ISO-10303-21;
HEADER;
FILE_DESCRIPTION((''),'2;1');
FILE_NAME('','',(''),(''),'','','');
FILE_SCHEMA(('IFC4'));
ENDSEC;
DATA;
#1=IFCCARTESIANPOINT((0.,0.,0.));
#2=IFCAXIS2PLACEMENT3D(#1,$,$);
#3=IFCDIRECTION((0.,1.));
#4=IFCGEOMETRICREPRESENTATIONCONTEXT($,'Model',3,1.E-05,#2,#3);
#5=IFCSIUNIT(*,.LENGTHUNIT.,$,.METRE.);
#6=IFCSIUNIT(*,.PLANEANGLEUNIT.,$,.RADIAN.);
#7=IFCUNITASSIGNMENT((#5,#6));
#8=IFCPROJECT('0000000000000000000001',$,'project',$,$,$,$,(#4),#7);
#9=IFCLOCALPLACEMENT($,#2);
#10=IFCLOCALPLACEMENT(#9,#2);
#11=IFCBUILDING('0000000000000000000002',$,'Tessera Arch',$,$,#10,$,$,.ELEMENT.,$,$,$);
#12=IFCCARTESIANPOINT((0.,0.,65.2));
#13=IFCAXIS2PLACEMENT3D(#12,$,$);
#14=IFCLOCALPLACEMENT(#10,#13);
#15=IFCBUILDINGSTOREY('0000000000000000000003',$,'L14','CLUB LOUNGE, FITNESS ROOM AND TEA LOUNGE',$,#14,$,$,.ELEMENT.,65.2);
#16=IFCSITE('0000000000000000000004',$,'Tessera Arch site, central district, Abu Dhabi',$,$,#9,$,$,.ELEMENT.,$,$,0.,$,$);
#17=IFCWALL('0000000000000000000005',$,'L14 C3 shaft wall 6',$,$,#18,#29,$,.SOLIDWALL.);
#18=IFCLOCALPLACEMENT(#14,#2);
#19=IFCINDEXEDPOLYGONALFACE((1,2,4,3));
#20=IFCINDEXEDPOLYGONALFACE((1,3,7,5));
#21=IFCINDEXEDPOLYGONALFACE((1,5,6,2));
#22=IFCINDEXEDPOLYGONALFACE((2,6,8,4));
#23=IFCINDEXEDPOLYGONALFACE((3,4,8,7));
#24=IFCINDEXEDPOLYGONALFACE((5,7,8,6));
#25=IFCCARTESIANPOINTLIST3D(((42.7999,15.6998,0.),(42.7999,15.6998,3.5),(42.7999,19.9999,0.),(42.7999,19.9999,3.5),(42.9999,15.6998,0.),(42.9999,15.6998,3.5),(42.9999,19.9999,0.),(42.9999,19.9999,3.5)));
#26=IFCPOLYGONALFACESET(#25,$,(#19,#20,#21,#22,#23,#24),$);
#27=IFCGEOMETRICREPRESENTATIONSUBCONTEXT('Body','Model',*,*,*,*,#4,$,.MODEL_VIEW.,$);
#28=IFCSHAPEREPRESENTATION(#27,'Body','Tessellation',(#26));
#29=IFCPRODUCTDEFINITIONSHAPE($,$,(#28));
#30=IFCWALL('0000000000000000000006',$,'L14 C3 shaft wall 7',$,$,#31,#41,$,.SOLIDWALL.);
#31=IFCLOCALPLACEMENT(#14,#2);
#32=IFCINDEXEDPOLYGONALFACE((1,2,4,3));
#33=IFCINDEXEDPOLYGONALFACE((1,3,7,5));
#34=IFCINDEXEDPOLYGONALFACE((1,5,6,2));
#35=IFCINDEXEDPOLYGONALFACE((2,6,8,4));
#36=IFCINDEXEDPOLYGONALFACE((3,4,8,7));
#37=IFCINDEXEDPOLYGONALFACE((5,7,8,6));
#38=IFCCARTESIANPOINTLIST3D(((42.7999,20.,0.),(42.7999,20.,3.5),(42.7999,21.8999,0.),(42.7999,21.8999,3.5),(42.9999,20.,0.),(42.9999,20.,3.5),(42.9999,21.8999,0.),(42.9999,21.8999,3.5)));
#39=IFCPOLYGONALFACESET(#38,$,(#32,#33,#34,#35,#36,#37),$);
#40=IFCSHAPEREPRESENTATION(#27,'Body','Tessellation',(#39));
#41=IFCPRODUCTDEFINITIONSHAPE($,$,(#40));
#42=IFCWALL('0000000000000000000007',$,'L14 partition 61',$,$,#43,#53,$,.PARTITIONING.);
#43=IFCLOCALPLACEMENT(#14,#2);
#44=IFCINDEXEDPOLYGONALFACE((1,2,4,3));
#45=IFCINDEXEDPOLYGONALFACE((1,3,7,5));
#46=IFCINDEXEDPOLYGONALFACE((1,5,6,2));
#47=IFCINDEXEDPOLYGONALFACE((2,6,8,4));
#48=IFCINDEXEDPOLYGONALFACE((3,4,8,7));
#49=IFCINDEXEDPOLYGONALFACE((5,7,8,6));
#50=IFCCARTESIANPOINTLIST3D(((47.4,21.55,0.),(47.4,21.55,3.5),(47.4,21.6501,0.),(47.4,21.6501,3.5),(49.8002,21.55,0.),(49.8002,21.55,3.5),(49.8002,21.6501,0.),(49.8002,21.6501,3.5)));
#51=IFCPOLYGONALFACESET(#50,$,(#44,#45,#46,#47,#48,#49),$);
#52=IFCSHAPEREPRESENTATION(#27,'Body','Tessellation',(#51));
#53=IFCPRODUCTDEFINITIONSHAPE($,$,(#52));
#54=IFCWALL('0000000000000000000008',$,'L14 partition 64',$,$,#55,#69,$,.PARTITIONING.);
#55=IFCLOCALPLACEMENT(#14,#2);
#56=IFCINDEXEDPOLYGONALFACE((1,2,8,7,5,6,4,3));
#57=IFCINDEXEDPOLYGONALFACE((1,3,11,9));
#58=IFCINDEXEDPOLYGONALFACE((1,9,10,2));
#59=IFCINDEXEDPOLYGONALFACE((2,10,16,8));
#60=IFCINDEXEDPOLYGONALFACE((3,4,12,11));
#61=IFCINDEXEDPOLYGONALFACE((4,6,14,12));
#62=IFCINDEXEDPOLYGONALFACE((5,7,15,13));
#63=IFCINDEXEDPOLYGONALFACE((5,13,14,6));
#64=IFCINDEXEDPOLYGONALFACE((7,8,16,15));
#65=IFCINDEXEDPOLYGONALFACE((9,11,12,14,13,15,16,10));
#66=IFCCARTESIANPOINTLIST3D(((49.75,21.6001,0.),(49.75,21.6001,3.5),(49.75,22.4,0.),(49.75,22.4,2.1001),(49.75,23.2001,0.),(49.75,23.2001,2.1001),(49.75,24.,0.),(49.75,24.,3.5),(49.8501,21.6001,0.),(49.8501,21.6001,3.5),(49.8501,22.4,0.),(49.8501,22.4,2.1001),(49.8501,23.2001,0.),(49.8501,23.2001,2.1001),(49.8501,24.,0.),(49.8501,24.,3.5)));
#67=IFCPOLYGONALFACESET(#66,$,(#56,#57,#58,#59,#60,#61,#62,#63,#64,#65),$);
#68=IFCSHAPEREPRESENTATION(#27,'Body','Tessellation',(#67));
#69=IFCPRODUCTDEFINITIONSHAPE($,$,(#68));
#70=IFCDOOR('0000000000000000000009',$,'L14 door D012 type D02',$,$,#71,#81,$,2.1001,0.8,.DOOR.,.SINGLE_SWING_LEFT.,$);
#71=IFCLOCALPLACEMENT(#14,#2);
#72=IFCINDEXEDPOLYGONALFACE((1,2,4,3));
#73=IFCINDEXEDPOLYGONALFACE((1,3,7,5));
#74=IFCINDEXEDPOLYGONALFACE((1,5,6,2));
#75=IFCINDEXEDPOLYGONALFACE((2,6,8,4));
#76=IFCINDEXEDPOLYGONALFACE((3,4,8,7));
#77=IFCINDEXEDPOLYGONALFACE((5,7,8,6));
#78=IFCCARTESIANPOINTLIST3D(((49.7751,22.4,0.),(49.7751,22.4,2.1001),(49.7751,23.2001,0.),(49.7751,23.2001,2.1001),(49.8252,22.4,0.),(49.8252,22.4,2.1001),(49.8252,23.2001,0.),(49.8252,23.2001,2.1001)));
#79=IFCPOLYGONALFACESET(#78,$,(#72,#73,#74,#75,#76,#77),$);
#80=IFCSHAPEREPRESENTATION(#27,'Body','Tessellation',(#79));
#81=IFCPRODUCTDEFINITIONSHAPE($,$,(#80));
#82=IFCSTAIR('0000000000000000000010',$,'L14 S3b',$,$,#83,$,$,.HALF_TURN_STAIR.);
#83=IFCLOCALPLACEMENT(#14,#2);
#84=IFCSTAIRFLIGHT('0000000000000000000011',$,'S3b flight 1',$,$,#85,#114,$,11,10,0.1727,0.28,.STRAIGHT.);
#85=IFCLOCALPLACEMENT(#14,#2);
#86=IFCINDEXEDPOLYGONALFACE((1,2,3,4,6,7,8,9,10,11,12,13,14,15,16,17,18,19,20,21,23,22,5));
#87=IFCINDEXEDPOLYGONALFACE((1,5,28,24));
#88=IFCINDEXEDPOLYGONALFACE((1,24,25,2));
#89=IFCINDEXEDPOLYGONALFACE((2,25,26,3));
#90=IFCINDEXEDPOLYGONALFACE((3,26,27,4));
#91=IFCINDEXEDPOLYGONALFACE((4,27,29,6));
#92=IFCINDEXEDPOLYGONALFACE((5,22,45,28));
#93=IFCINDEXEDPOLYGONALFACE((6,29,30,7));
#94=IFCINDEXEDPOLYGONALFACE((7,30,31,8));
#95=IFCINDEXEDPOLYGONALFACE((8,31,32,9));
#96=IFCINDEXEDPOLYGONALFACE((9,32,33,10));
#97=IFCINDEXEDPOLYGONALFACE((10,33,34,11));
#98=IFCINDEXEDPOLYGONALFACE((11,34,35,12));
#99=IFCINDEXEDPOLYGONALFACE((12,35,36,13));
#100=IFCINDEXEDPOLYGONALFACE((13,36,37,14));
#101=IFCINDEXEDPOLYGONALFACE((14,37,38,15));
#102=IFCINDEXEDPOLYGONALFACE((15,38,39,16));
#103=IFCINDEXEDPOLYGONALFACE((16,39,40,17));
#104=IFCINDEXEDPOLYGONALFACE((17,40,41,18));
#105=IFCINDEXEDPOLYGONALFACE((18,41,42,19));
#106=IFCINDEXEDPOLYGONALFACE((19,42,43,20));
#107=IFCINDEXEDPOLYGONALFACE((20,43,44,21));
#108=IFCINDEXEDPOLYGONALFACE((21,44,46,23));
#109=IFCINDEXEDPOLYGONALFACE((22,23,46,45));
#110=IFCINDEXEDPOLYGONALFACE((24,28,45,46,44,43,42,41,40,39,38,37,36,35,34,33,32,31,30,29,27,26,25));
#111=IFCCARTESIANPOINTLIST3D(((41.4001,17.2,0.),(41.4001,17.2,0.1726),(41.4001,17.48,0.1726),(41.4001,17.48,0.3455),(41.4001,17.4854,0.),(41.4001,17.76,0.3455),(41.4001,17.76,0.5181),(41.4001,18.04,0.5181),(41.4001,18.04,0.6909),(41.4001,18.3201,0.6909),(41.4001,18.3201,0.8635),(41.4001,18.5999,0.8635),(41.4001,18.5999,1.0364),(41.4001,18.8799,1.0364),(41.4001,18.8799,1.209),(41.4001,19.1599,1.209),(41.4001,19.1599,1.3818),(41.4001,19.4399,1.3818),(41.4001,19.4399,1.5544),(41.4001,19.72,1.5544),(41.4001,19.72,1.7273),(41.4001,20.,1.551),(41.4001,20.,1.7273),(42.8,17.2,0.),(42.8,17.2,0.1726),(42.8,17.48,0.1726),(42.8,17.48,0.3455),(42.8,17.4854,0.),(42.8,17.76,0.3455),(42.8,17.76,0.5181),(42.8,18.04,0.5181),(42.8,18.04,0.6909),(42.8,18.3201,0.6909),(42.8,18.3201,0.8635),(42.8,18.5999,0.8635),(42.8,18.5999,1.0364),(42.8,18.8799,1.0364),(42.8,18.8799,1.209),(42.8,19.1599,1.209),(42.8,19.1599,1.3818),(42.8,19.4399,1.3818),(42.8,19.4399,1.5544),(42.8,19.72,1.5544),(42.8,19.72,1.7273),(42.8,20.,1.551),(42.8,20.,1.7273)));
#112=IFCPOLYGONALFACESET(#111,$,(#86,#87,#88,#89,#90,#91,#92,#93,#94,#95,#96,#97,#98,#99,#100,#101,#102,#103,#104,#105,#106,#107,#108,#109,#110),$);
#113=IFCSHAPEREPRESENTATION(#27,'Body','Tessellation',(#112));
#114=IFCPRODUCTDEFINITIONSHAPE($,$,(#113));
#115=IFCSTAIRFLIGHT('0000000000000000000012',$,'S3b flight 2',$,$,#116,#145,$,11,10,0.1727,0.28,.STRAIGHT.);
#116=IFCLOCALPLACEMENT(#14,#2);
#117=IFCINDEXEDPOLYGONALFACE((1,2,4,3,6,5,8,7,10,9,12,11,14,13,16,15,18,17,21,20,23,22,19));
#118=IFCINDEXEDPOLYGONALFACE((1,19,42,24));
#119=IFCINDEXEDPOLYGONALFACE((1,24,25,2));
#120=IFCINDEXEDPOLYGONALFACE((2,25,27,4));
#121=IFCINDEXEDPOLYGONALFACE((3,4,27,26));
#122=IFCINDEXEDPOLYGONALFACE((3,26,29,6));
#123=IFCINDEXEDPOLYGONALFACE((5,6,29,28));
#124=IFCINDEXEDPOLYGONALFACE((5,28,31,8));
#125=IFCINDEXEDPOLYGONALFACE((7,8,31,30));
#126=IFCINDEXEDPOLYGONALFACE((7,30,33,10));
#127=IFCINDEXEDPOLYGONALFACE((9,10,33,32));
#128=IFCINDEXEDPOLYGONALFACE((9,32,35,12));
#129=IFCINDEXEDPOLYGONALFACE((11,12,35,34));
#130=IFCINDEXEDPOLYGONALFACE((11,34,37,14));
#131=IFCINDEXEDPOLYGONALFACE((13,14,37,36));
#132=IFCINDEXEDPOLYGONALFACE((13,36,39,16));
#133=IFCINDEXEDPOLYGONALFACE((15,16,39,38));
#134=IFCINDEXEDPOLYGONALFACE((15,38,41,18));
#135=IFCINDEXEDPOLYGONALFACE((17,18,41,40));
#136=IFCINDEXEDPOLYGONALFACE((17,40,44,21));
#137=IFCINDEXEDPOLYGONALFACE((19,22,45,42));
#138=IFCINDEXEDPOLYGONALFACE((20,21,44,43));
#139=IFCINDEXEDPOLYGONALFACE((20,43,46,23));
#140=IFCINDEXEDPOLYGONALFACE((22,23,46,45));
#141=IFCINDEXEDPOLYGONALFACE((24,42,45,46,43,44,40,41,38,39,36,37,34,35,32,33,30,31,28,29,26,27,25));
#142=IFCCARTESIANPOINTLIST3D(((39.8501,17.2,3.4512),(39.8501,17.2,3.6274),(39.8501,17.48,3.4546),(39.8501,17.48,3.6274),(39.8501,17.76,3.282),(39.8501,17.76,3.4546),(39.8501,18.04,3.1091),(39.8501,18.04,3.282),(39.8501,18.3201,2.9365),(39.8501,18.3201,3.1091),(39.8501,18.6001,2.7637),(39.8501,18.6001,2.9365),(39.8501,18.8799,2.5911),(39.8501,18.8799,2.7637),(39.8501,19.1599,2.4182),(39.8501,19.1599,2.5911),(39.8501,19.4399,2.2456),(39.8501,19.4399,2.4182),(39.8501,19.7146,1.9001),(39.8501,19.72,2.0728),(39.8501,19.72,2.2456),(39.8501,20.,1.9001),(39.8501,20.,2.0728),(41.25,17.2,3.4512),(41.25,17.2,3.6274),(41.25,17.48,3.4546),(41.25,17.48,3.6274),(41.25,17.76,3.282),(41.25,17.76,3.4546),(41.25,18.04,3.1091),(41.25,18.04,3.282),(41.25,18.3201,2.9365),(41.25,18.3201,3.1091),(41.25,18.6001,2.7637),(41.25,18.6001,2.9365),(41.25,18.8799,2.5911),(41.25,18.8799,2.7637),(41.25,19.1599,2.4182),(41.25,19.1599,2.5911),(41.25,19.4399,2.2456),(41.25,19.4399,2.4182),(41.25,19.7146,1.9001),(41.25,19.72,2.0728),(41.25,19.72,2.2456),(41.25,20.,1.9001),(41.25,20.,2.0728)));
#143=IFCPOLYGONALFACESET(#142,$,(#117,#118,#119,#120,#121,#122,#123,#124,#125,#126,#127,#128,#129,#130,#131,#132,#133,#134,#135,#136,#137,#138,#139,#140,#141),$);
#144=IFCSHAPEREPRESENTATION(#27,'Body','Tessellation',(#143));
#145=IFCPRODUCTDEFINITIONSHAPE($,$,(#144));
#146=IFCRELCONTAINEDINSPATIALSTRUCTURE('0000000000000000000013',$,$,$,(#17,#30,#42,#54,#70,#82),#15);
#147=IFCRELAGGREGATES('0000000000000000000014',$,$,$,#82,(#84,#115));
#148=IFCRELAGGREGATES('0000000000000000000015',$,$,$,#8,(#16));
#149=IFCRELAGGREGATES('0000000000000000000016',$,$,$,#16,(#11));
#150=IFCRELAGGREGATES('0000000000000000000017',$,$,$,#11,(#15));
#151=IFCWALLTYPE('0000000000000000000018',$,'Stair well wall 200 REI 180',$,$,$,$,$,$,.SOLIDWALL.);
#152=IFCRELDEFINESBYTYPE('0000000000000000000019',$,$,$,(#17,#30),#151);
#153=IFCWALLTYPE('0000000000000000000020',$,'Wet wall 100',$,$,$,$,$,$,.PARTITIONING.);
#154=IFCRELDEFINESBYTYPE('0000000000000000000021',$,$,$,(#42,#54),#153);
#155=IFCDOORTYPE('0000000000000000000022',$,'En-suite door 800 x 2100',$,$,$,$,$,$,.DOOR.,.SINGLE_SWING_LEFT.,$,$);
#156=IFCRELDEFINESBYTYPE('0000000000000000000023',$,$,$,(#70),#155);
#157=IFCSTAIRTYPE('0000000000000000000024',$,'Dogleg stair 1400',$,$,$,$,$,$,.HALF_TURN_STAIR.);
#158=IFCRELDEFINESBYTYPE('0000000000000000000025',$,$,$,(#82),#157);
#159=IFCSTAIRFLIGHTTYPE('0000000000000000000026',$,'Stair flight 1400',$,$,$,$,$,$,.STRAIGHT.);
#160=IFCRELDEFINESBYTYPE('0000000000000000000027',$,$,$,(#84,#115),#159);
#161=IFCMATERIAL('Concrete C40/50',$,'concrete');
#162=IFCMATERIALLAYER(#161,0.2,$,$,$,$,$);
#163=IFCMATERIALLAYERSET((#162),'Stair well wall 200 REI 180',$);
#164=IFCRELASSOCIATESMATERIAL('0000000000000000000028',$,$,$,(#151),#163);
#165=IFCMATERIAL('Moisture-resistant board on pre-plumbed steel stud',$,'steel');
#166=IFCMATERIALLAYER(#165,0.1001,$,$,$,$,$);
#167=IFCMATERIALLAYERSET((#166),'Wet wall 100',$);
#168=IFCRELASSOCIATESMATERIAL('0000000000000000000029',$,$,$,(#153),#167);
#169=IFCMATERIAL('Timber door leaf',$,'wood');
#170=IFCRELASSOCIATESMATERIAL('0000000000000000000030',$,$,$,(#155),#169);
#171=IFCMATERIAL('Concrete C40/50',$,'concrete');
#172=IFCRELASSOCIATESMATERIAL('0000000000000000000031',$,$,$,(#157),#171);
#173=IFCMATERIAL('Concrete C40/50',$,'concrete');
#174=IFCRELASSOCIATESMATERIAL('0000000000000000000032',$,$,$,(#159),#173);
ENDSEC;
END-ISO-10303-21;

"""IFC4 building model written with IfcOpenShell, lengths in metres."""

from ifc_helpers import new_model, si_unit, direction, frame, frame_2d, origin, place, context, subcontext, project, spatial, polyline, rectangle, outline, extrude, material, layer, layer_set, type_object, element, fill, aggregate, save


model = new_model("IFC4")

# Units and contexts
model_context = context("Model", 3, precision=1e-05, world=origin(), true_north=direction((0.0, 1.0)))
body_context = subcontext(model_context, "Body", "Model", "MODEL_VIEW")
ifc_project = project(units=[si_unit("LENGTHUNIT", "METRE"), si_unit("PLANEANGLEUNIT", "RADIAN")], contexts=[model_context])

# Site, building, storey
site_placement = place(None, origin())
site = spatial("IfcSite", under=ifc_project, at=site_placement, Name="Tessera Arch site, central district, Abu Dhabi", CompositionType="ELEMENT", RefElevation=0.0)
building_placement = place(site_placement, origin())
building = spatial("IfcBuilding", under=site, at=building_placement, Name="Tessera Arch", CompositionType="ELEMENT")
storey_placement = place(building_placement, frame((0.0, 0.0, 65.2)))
storey = spatial("IfcBuildingStorey", under=building, at=storey_placement, Name="L14", Description="CLUB LOUNGE, FITNESS ROOM AND TEA LOUNGE", CompositionType="ELEMENT", Elevation=65.2)

# Walls
ifc_material_1 = material(Name="Concrete C40/50", Category="concrete")
ifc_layer_1 = layer(ifc_material_1, 0.2)
ifc_layer_set_1 = layer_set([ifc_layer_1], Name="Stair well wall 200 REI 180")
wall_type_1 = type_object("IfcWallType", Name="Stair well wall 200 REI 180", PredefinedType="SOLIDWALL", material=ifc_layer_set_1)
wall_1_placement = place(storey_placement, frame((42.8999, 15.7, 0.0), z_axis=(0.0, 0.0, 1.0), x_axis=(0.0, 1.0, 0.0)))
element("IfcWall", 1, at=wall_1_placement, inside=storey, type_object=wall_type_1, Name="L14 C3 shaft wall 6", PredefinedType="SOLIDWALL", context=body_context, shape_type="SweptSolid", body=[
    extrude(rectangle(XDim=4.3, YDim=0.2, at=frame_2d((2.1499, 0.0))), origin(), (0.0, 0.0, 1.0), 3.5),
])
wall_2_placement = place(storey_placement, frame((42.8999, 20.0, 0.0), z_axis=(0.0, 0.0, 1.0), x_axis=(0.0, 1.0, 0.0)))
element("IfcWall", 2, at=wall_2_placement, inside=storey, type_object=wall_type_1, Name="L14 C3 shaft wall 7", PredefinedType="SOLIDWALL", context=body_context, shape_type="SweptSolid", body=[
    extrude(rectangle(XDim=1.8999, YDim=0.2, at=frame_2d((0.95, 0.0))), origin(), (0.0, 0.0, 1.0), 3.5),
])
ifc_material_2 = material(Name="Moisture-resistant board on pre-plumbed steel stud", Category="steel")
ifc_layer_2 = layer(ifc_material_2, 0.1001)
ifc_layer_set_2 = layer_set([ifc_layer_2], Name="Wet wall 100")
wall_type_2 = type_object("IfcWallType", Name="Wet wall 100", PredefinedType="PARTITIONING", material=ifc_layer_set_2)
wall_3_placement = place(storey_placement, frame((47.3999, 21.6001, 0.0), z_axis=(0.0, 0.0, 1.0), x_axis=(1.0, 0.0, 0.0)))
element("IfcWall", 3, at=wall_3_placement, inside=storey, type_object=wall_type_2, Name="L14 partition 61", PredefinedType="PARTITIONING", context=body_context, shape_type="SweptSolid", body=[
    extrude(rectangle(XDim=2.4001, YDim=0.1001, at=frame_2d((1.2002, 0.0))), origin(), (0.0, 0.0, 1.0), 3.5),
])

# Wall, opening, door
wall_4_placement = place(storey_placement, frame((49.8, 21.6001, 0.0), z_axis=(0.0, 0.0, 1.0), x_axis=(0.0, 1.0, 0.0)))
wall_4 = element("IfcWall", 4, at=wall_4_placement, inside=storey, type_object=wall_type_2, Name="L14 partition 64", PredefinedType="PARTITIONING", context=body_context, shape_type="SweptSolid", body=[
    extrude(rectangle(XDim=2.3999, YDim=0.1001, at=frame_2d((1.2, 0.0))), origin(), (0.0, 0.0, 1.0), 3.5),
])
opening_1_placement = place(wall_4_placement, frame((0.8, 0.0, 0.0)))
opening_1 = element("IfcOpeningElement", 5, at=opening_1_placement, cuts=wall_4, PredefinedType="OPENING", context=body_context, shape_type="SweptSolid", body=[
    extrude(rectangle(XDim=0.8, YDim=2.1001, at=frame_2d((0.3999, 1.05))), frame((0.0, 0.0601, 0.0), z_axis=(0.0, -1.0, 0.0), x_axis=(1.0, 0.0, 0.0)), (0.0, 0.0, 1.0), 0.1201),
])
ifc_material_3 = material(Name="Timber door leaf", Category="wood")
door_type_1 = type_object("IfcDoorType", Name="En-suite door 800 x 2100", OperationType="SINGLE_SWING_LEFT", PredefinedType="DOOR", material=ifc_material_3)
door_1_placement = place(opening_1_placement, origin())
door_1 = element("IfcDoor", 6, at=door_1_placement, inside=storey, type_object=door_type_1, Name="L14 door D012 type D02", OperationType="SINGLE_SWING_LEFT", OverallHeight=2.1001, OverallWidth=0.8, PredefinedType="DOOR", context=body_context, shape_type="SweptSolid", body=[
    extrude(rectangle(XDim=0.8, YDim=2.1001, at=frame_2d((0.3999, 1.05))), frame((0.0, 0.0249, 0.0), z_axis=(0.0, -1.0, 0.0), x_axis=(1.0, 0.0, 0.0)), (0.0, 0.0, 1.0), 0.05),
])
fill(opening_1, door_1)

# Stair, stair flights
ifc_material_4 = material(Name="Concrete C40/50", Category="concrete")
stair_type = type_object("IfcStairType", Name="Dogleg stair 1400", PredefinedType="HALF_TURN_STAIR", material=ifc_material_4)
stair_placement = place(storey_placement, origin())
stair = element("IfcStair", 7, at=stair_placement, inside=storey, type_object=stair_type, Name="L14 S3b", PredefinedType="HALF_TURN_STAIR")
ifc_material_5 = material(Name="Concrete C40/50", Category="concrete")
stair_flight_type = type_object("IfcStairFlightType", Name="Stair flight 1400", PredefinedType="STRAIGHT", material=ifc_material_5)
stair_flight_1_placement = place(storey_placement, frame((42.1001, 17.2, 0.0), z_axis=(0.0, 0.0, 1.0), x_axis=(0.0, 1.0, 0.0)))
stair_flight_1 = element("IfcStairFlight", 8, at=stair_flight_1_placement, type_object=stair_flight_type, Name="S3b flight 1", NumberOfRisers=11, NumberOfTreads=10, PredefinedType="STRAIGHT", RiserHeight=0.1727, TreadLength=0.28, context=body_context, shape_type="SweptSolid", body=[
    extrude(outline(polyline([(0.0, 0.0), (0.0, 0.1726), (0.28, 0.1726), (0.28, 0.3455), (0.5601, 0.3455), (0.5601, 0.5181), (0.8401, 0.5181), (0.8401, 0.6909), (1.1201, 0.6909), (1.1201, 0.8635), (1.3999, 0.8635), (1.3999, 1.0364), (1.6799, 1.0364), (1.6799, 1.209), (1.96, 1.209), (1.96, 1.3818), (2.24, 1.3818), (2.24, 1.5544), (2.52, 1.5544), (2.52, 1.7273), (2.8, 1.7273), (2.8, 1.8999), (2.8, 1.551), (0.2854, 0.0), (0.0, 0.0)])), frame((0.0, 0.7, 0.0), z_axis=(0.0, -1.0, 0.0), x_axis=(1.0, 0.0, 0.0)), (0.0, 0.0, 1.0), 1.3999),
])
stair_flight_2_placement = place(storey_placement, frame((40.55, 20.0, 1.9001), z_axis=(0.0, 0.0, 1.0), x_axis=(0.0, -1.0, 0.0)))
stair_flight_2 = element("IfcStairFlight", 9, at=stair_flight_2_placement, type_object=stair_flight_type, Name="S3b flight 2", NumberOfRisers=11, NumberOfTreads=10, PredefinedType="STRAIGHT", RiserHeight=0.1727, TreadLength=0.28, context=body_context, shape_type="SweptSolid", body=[
    extrude(outline(polyline([(0.0, 0.0), (0.0, 0.1726), (0.28, 0.1726), (0.28, 0.3455), (0.5601, 0.3455), (0.5601, 0.5181), (0.8401, 0.5181), (0.8401, 0.6909), (1.1201, 0.6909), (1.1201, 0.8635), (1.3999, 0.8635), (1.3999, 1.0364), (1.6799, 1.0364), (1.6799, 1.209), (1.96, 1.209), (1.96, 1.3818), (2.24, 1.3818), (2.24, 1.5544), (2.52, 1.5544), (2.52, 1.7273), (2.8, 1.7273), (2.8, 1.8999), (2.8, 1.551), (0.2854, 0.0), (0.0, 0.0)])), frame((0.0, 0.7, 0.0), z_axis=(0.0, -1.0, 0.0), x_axis=(1.0, 0.0, 0.0)), (0.0, 0.0, 1.0), 1.3999),
])
aggregate(stair, [stair_flight_1, stair_flight_2])

save(model, "model.ifc")
